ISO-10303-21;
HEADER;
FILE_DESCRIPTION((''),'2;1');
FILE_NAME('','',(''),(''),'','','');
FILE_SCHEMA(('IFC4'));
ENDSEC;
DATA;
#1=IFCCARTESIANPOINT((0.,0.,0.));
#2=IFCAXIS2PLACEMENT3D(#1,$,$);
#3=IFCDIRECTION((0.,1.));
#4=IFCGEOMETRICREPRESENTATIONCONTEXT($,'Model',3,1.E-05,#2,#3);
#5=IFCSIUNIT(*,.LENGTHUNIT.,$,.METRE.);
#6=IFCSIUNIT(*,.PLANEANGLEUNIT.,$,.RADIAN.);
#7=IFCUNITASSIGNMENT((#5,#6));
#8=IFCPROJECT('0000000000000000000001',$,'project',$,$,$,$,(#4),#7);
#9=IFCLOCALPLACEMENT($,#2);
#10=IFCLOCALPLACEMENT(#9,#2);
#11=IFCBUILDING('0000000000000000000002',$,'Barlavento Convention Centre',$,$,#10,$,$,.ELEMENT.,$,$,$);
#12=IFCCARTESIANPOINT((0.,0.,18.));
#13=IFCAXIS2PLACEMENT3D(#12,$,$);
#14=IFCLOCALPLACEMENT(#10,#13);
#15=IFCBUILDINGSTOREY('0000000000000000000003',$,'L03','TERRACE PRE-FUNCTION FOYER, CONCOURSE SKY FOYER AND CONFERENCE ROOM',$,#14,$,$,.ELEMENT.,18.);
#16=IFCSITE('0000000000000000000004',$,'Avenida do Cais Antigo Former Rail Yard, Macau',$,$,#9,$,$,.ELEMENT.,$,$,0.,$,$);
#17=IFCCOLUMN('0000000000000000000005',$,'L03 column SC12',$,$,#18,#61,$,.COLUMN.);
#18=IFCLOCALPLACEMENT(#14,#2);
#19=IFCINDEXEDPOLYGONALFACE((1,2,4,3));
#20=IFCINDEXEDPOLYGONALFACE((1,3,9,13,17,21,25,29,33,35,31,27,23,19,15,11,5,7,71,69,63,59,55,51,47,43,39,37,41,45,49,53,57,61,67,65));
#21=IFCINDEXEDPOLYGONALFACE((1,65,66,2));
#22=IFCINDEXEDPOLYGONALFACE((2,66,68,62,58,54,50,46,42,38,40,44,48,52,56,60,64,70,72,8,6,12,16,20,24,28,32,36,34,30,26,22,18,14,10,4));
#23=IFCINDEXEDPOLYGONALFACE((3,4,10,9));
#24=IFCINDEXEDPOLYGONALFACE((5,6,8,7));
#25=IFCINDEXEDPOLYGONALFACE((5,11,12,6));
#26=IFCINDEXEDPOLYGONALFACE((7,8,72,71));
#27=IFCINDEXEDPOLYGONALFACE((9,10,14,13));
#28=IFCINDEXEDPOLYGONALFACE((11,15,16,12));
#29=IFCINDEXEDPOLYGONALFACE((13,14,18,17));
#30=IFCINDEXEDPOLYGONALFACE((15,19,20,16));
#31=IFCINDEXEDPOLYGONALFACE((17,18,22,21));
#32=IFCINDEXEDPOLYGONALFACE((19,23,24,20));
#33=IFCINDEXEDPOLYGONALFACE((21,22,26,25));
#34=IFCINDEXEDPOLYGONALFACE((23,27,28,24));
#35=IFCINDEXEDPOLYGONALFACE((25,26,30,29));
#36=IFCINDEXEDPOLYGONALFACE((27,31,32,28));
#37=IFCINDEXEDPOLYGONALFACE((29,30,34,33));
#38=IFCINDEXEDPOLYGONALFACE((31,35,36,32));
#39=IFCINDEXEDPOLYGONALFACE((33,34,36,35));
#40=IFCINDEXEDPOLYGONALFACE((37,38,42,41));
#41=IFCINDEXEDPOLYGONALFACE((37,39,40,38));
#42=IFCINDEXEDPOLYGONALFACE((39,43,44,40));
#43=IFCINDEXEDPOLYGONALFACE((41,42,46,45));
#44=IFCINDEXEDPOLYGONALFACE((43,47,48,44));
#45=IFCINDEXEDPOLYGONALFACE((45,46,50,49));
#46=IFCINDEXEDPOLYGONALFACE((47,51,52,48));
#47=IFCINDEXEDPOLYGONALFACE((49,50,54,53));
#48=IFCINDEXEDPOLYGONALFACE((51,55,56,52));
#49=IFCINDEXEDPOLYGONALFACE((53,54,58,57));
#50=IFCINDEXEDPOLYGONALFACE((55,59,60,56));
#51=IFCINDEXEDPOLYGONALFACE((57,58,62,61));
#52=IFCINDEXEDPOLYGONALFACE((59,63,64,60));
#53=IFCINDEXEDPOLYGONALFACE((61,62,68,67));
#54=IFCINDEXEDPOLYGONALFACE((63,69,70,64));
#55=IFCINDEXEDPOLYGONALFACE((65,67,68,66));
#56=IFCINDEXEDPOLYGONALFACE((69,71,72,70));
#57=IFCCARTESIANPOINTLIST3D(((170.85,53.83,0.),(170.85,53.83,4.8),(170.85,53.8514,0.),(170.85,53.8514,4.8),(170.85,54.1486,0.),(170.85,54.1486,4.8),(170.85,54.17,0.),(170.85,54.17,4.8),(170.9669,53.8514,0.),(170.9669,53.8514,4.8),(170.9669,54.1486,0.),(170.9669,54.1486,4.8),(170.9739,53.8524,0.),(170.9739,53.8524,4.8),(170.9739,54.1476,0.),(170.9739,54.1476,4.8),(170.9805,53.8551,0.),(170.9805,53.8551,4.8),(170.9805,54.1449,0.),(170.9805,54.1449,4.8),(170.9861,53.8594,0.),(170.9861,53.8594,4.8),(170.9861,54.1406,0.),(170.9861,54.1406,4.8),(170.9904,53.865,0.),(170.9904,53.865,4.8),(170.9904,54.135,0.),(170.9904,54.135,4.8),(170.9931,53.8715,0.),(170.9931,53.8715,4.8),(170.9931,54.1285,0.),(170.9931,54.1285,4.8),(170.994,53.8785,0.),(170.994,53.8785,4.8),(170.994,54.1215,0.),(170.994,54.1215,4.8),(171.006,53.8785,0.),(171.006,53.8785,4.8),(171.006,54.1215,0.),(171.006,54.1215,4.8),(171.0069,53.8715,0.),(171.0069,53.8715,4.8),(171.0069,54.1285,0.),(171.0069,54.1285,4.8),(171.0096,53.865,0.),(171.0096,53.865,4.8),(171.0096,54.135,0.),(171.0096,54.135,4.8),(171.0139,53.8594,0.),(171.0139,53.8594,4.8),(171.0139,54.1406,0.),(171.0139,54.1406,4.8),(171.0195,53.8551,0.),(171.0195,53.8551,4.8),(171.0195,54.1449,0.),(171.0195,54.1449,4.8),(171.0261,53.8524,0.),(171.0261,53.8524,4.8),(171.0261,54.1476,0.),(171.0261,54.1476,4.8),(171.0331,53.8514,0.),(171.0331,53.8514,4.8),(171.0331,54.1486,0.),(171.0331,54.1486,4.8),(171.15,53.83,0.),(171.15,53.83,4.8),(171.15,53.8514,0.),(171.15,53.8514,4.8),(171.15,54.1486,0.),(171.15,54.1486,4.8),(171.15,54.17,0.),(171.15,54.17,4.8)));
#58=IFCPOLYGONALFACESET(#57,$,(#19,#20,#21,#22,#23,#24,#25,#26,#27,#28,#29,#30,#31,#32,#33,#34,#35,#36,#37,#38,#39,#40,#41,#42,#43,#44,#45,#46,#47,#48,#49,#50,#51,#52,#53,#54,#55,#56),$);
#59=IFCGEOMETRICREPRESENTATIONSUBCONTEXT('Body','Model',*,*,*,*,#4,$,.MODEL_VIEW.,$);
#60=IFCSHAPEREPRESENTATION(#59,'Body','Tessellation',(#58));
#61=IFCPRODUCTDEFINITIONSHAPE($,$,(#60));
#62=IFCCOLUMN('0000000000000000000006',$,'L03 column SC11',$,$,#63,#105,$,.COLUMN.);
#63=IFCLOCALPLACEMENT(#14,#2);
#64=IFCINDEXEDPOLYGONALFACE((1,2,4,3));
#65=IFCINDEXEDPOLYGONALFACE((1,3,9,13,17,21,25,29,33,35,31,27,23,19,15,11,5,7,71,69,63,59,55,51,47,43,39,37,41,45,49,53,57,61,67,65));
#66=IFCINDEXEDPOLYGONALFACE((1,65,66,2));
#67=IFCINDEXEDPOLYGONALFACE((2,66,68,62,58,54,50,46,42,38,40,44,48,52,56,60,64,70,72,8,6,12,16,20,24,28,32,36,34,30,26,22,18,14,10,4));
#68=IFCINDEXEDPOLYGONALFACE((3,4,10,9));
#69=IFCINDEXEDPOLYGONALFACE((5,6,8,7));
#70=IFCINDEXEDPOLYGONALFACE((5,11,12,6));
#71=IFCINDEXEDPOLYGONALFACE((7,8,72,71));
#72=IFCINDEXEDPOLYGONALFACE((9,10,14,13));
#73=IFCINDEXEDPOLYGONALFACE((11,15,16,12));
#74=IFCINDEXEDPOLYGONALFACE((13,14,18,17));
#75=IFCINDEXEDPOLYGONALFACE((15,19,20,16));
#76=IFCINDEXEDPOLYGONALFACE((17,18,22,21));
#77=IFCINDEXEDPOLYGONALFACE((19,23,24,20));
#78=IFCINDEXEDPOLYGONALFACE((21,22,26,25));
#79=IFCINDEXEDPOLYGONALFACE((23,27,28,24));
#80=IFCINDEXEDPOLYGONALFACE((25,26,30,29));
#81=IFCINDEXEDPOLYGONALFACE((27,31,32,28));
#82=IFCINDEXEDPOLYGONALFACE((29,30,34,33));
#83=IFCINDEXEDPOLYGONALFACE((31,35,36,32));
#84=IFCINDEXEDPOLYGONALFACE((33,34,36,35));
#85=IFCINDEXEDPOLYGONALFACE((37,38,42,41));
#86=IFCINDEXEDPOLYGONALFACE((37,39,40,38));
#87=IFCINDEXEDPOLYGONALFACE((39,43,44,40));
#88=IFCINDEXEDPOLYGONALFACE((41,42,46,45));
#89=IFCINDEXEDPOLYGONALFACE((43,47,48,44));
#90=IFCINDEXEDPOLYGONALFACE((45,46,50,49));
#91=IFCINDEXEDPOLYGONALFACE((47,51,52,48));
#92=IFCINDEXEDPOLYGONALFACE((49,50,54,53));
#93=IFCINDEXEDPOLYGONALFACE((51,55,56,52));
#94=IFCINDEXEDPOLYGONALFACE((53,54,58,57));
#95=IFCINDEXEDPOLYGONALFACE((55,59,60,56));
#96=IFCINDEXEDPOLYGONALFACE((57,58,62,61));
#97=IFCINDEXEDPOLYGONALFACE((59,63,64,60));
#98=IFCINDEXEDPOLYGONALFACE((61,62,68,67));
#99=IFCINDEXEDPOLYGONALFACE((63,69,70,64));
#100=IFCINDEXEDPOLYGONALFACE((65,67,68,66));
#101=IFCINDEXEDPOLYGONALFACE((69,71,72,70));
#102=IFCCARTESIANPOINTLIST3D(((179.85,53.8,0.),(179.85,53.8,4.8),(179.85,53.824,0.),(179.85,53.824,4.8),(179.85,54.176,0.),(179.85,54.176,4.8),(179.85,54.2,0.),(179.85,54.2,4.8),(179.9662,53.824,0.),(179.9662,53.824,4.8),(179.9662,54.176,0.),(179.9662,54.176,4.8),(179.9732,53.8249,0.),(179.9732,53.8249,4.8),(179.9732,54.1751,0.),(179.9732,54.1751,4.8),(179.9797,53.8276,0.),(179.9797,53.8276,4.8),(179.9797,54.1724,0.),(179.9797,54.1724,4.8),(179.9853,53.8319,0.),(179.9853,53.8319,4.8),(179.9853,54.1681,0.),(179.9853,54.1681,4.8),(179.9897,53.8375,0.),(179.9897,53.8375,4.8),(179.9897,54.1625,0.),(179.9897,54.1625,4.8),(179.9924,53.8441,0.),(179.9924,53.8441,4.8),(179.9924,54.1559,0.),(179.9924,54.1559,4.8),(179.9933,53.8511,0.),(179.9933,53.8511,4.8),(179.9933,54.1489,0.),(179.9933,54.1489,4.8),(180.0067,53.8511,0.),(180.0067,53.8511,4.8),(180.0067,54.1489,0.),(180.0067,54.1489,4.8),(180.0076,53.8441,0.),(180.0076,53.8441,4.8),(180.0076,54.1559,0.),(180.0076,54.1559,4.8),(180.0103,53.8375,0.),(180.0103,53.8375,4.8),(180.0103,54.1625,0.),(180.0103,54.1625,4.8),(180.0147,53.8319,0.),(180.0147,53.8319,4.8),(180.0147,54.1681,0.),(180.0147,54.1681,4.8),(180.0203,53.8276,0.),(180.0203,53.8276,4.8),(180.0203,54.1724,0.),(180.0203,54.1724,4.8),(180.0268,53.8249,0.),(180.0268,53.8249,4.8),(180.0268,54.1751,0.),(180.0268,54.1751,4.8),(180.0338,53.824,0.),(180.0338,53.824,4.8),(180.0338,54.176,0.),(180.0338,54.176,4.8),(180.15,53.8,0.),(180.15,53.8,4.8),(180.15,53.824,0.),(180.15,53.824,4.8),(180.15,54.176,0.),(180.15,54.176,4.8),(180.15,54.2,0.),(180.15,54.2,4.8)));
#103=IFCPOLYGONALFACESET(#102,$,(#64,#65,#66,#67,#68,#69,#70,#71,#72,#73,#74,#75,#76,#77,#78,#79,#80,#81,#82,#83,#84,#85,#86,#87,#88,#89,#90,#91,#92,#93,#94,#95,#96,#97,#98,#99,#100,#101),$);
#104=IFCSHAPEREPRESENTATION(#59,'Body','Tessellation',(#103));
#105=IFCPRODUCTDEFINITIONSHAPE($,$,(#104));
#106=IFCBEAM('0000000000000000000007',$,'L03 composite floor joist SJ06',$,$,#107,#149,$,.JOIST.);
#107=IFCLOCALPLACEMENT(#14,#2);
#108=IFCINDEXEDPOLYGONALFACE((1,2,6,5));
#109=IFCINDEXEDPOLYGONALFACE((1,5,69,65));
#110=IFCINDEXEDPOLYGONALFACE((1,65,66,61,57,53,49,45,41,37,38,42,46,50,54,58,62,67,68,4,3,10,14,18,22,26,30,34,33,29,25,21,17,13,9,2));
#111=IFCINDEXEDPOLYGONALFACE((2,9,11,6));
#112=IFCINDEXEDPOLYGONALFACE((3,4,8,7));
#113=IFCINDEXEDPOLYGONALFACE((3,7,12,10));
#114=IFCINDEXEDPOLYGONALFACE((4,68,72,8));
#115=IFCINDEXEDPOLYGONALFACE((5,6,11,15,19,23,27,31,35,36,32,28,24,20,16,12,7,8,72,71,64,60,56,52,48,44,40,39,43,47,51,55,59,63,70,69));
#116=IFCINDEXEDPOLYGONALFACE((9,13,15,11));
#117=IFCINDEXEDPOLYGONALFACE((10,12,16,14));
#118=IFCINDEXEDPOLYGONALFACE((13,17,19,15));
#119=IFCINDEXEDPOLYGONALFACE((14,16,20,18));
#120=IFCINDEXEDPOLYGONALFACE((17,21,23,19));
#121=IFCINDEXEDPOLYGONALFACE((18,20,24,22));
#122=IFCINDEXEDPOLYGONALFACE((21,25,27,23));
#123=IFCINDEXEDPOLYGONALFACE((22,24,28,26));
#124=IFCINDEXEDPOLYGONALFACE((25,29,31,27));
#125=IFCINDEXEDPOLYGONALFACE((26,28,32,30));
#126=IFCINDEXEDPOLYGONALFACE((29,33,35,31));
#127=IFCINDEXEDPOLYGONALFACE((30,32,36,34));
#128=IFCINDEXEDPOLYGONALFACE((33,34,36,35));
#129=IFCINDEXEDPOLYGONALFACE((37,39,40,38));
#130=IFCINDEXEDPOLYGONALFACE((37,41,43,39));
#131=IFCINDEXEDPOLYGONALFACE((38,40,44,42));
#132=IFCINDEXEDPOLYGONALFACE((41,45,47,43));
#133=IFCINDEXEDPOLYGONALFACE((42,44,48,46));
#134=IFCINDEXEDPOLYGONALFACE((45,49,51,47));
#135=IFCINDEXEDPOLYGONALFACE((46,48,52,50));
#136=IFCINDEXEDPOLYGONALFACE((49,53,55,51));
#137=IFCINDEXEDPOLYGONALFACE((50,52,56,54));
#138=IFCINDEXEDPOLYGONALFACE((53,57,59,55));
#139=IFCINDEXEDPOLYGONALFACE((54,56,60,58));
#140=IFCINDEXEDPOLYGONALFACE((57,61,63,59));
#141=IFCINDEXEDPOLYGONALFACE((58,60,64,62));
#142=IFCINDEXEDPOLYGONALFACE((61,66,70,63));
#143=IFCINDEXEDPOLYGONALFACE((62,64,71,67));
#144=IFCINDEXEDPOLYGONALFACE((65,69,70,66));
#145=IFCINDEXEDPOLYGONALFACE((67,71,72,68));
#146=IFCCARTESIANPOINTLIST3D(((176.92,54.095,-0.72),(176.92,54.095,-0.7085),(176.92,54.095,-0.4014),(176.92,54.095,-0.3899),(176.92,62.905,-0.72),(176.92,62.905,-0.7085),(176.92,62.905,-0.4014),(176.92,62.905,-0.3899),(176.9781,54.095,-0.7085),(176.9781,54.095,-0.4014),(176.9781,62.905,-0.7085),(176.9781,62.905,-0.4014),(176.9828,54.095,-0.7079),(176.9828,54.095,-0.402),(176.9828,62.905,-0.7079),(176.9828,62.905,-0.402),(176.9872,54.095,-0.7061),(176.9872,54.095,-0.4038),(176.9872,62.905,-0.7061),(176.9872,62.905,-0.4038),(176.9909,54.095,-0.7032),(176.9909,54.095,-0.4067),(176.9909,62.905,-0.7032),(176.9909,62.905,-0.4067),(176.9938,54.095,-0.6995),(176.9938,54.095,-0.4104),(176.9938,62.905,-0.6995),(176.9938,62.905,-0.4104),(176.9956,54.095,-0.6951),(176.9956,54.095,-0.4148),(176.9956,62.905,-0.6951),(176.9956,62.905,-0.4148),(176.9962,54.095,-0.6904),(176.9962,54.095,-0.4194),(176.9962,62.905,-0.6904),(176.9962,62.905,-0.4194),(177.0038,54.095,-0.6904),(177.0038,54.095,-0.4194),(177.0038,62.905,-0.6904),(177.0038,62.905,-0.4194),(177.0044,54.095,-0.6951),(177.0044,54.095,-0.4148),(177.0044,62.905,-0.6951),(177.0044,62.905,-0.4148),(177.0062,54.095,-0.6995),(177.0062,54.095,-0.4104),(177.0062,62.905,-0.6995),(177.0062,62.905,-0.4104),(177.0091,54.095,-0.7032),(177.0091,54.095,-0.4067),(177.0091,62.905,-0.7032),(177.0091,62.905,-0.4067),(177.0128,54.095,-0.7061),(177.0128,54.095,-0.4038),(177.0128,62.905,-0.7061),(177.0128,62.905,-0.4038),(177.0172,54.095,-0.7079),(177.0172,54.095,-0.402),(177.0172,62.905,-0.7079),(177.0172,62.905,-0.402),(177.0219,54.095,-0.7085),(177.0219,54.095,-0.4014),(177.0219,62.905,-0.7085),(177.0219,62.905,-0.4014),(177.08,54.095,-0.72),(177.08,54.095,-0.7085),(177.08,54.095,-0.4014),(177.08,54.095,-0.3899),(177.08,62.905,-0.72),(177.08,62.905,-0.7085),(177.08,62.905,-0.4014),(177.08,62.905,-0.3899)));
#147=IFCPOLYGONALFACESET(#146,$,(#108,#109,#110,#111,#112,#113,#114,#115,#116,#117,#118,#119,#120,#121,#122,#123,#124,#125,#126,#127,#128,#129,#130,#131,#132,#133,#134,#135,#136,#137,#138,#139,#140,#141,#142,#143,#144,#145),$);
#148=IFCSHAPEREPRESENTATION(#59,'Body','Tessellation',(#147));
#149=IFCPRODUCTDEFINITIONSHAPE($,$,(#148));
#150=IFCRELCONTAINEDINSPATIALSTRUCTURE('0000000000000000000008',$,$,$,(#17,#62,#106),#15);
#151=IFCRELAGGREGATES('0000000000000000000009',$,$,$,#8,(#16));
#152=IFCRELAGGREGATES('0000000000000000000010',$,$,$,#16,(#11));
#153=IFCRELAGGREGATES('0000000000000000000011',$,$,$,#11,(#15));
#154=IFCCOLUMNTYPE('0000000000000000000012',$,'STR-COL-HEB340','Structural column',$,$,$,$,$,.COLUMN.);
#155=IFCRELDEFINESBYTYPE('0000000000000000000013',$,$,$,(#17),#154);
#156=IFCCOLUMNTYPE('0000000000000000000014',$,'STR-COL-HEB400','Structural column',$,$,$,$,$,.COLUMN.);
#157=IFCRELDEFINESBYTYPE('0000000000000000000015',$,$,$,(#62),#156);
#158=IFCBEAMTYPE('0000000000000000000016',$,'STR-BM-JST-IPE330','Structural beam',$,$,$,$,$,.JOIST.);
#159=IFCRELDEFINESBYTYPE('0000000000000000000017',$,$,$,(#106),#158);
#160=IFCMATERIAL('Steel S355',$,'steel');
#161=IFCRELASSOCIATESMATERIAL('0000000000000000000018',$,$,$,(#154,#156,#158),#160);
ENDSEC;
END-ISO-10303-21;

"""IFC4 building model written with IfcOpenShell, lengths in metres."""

from ifc_helpers import new_model, si_unit, direction, frame, origin, origin_2d, place, context, subcontext, project, spatial, i_section, extrude, material, material_profile, profile_set, type_object, element, save


model = new_model("IFC4")

# Units and contexts
model_context = context("Model", 3, precision=1e-05, world=origin(), true_north=direction((0.0, 1.0)))
body_context = subcontext(model_context, "Body", "Model", "MODEL_VIEW")
ifc_project = project(units=[si_unit("LENGTHUNIT", "METRE"), si_unit("PLANEANGLEUNIT", "RADIAN")], contexts=[model_context])

# Site, building, storey
site_placement = place(None, origin())
site = spatial("IfcSite", under=ifc_project, at=site_placement, Name="Avenida do Cais Antigo Former Rail Yard, Macau", CompositionType="ELEMENT", RefElevation=0.0)
building_placement = place(site_placement, origin())
building = spatial("IfcBuilding", under=site, at=building_placement, Name="Barlavento Convention Centre", CompositionType="ELEMENT")
storey_placement = place(building_placement, frame((0.0, 0.0, 18.0)))
storey = spatial("IfcBuildingStorey", under=building, at=storey_placement, Name="L03", Description="TERRACE PRE-FUNCTION FOYER, CONCOURSE SKY FOYER AND CONFERENCE ROOM", CompositionType="ELEMENT", Elevation=18.0)

# Columns
ifc_material_1 = material(Name="Steel S355", Category="steel")
ifc_material_profile_1 = material_profile(ifc_material_1, i_section(OverallWidth=0.3, OverallDepth=0.3401, WebThickness=0.012, FlangeThickness=0.0215, FilletRadius=0.0271, at=origin_2d()), Name="HEB 340")
ifc_profile_set_1 = profile_set([ifc_material_profile_1], Name="Steel S355")
column_type_1 = type_object("IfcColumnType", Name="STR-COL-HEB340", Description="Structural column", PredefinedType="COLUMN", material=ifc_profile_set_1)
column_1_placement = place(storey_placement, frame((171.0, 54.0, 0.0), z_axis=(0.0, 0.0, 1.0), x_axis=(1.0, 0.0, 0.0)))
element("IfcColumn", 1, at=column_1_placement, inside=storey, type_object=column_type_1, Name="L03 column SC12", PredefinedType="COLUMN", context=body_context, shape_type="SweptSolid", body=[
    extrude(i_section(OverallWidth=0.3, OverallDepth=0.3401, WebThickness=0.012, FlangeThickness=0.0215, FilletRadius=0.0271, at=origin_2d()), origin(), (0.0, 0.0, 1.0), 4.8),
])
ifc_material_profile_2 = material_profile(ifc_material_1, i_section(OverallWidth=0.3, OverallDepth=0.3999, WebThickness=0.0134, FlangeThickness=0.0239, FilletRadius=0.0271, at=origin_2d()), Name="HEB 400")
ifc_profile_set_2 = profile_set([ifc_material_profile_2], Name="Steel S355")
column_type_2 = type_object("IfcColumnType", Name="STR-COL-HEB400", Description="Structural column", PredefinedType="COLUMN", material=ifc_profile_set_2)
column_2_placement = place(storey_placement, frame((180.0, 54.0, 0.0), z_axis=(0.0, 0.0, 1.0), x_axis=(1.0, 0.0, 0.0)))
element("IfcColumn", 2, at=column_2_placement, inside=storey, type_object=column_type_2, Name="L03 column SC11", PredefinedType="COLUMN", context=body_context, shape_type="SweptSolid", body=[
    extrude(i_section(OverallWidth=0.3, OverallDepth=0.3999, WebThickness=0.0134, FlangeThickness=0.0239, FilletRadius=0.0271, at=origin_2d()), origin(), (0.0, 0.0, 1.0), 4.8),
])

# Beam
ifc_material_profile_3 = material_profile(ifc_material_1, i_section(OverallWidth=0.1599, OverallDepth=0.3301, WebThickness=0.0076, FlangeThickness=0.0115, FilletRadius=0.0181, at=origin_2d()), Name="IPE 330")
ifc_profile_set_3 = profile_set([ifc_material_profile_3], Name="Steel S355")
beam_type_1 = type_object("IfcBeamType", Name="STR-BM-JST-IPE330", Description="Structural beam", PredefinedType="JOIST", material=ifc_profile_set_3)
beam_1_placement = place(storey_placement, frame((177.0, 54.095, -0.5549), z_axis=(0.0, 1.0, 0.0), x_axis=(-1.0, 0.0, 0.0)))
element("IfcBeam", 3, at=beam_1_placement, inside=storey, type_object=beam_type_1, Name="L03 composite floor joist SJ06", PredefinedType="JOIST", context=body_context, shape_type="SweptSolid", body=[
    extrude(i_section(OverallWidth=0.1599, OverallDepth=0.3301, WebThickness=0.0076, FlangeThickness=0.0115, FilletRadius=0.0181, at=origin_2d()), origin(), (0.0, 0.0, 1.0), 8.8101),
])

save(model, "model.ifc")
